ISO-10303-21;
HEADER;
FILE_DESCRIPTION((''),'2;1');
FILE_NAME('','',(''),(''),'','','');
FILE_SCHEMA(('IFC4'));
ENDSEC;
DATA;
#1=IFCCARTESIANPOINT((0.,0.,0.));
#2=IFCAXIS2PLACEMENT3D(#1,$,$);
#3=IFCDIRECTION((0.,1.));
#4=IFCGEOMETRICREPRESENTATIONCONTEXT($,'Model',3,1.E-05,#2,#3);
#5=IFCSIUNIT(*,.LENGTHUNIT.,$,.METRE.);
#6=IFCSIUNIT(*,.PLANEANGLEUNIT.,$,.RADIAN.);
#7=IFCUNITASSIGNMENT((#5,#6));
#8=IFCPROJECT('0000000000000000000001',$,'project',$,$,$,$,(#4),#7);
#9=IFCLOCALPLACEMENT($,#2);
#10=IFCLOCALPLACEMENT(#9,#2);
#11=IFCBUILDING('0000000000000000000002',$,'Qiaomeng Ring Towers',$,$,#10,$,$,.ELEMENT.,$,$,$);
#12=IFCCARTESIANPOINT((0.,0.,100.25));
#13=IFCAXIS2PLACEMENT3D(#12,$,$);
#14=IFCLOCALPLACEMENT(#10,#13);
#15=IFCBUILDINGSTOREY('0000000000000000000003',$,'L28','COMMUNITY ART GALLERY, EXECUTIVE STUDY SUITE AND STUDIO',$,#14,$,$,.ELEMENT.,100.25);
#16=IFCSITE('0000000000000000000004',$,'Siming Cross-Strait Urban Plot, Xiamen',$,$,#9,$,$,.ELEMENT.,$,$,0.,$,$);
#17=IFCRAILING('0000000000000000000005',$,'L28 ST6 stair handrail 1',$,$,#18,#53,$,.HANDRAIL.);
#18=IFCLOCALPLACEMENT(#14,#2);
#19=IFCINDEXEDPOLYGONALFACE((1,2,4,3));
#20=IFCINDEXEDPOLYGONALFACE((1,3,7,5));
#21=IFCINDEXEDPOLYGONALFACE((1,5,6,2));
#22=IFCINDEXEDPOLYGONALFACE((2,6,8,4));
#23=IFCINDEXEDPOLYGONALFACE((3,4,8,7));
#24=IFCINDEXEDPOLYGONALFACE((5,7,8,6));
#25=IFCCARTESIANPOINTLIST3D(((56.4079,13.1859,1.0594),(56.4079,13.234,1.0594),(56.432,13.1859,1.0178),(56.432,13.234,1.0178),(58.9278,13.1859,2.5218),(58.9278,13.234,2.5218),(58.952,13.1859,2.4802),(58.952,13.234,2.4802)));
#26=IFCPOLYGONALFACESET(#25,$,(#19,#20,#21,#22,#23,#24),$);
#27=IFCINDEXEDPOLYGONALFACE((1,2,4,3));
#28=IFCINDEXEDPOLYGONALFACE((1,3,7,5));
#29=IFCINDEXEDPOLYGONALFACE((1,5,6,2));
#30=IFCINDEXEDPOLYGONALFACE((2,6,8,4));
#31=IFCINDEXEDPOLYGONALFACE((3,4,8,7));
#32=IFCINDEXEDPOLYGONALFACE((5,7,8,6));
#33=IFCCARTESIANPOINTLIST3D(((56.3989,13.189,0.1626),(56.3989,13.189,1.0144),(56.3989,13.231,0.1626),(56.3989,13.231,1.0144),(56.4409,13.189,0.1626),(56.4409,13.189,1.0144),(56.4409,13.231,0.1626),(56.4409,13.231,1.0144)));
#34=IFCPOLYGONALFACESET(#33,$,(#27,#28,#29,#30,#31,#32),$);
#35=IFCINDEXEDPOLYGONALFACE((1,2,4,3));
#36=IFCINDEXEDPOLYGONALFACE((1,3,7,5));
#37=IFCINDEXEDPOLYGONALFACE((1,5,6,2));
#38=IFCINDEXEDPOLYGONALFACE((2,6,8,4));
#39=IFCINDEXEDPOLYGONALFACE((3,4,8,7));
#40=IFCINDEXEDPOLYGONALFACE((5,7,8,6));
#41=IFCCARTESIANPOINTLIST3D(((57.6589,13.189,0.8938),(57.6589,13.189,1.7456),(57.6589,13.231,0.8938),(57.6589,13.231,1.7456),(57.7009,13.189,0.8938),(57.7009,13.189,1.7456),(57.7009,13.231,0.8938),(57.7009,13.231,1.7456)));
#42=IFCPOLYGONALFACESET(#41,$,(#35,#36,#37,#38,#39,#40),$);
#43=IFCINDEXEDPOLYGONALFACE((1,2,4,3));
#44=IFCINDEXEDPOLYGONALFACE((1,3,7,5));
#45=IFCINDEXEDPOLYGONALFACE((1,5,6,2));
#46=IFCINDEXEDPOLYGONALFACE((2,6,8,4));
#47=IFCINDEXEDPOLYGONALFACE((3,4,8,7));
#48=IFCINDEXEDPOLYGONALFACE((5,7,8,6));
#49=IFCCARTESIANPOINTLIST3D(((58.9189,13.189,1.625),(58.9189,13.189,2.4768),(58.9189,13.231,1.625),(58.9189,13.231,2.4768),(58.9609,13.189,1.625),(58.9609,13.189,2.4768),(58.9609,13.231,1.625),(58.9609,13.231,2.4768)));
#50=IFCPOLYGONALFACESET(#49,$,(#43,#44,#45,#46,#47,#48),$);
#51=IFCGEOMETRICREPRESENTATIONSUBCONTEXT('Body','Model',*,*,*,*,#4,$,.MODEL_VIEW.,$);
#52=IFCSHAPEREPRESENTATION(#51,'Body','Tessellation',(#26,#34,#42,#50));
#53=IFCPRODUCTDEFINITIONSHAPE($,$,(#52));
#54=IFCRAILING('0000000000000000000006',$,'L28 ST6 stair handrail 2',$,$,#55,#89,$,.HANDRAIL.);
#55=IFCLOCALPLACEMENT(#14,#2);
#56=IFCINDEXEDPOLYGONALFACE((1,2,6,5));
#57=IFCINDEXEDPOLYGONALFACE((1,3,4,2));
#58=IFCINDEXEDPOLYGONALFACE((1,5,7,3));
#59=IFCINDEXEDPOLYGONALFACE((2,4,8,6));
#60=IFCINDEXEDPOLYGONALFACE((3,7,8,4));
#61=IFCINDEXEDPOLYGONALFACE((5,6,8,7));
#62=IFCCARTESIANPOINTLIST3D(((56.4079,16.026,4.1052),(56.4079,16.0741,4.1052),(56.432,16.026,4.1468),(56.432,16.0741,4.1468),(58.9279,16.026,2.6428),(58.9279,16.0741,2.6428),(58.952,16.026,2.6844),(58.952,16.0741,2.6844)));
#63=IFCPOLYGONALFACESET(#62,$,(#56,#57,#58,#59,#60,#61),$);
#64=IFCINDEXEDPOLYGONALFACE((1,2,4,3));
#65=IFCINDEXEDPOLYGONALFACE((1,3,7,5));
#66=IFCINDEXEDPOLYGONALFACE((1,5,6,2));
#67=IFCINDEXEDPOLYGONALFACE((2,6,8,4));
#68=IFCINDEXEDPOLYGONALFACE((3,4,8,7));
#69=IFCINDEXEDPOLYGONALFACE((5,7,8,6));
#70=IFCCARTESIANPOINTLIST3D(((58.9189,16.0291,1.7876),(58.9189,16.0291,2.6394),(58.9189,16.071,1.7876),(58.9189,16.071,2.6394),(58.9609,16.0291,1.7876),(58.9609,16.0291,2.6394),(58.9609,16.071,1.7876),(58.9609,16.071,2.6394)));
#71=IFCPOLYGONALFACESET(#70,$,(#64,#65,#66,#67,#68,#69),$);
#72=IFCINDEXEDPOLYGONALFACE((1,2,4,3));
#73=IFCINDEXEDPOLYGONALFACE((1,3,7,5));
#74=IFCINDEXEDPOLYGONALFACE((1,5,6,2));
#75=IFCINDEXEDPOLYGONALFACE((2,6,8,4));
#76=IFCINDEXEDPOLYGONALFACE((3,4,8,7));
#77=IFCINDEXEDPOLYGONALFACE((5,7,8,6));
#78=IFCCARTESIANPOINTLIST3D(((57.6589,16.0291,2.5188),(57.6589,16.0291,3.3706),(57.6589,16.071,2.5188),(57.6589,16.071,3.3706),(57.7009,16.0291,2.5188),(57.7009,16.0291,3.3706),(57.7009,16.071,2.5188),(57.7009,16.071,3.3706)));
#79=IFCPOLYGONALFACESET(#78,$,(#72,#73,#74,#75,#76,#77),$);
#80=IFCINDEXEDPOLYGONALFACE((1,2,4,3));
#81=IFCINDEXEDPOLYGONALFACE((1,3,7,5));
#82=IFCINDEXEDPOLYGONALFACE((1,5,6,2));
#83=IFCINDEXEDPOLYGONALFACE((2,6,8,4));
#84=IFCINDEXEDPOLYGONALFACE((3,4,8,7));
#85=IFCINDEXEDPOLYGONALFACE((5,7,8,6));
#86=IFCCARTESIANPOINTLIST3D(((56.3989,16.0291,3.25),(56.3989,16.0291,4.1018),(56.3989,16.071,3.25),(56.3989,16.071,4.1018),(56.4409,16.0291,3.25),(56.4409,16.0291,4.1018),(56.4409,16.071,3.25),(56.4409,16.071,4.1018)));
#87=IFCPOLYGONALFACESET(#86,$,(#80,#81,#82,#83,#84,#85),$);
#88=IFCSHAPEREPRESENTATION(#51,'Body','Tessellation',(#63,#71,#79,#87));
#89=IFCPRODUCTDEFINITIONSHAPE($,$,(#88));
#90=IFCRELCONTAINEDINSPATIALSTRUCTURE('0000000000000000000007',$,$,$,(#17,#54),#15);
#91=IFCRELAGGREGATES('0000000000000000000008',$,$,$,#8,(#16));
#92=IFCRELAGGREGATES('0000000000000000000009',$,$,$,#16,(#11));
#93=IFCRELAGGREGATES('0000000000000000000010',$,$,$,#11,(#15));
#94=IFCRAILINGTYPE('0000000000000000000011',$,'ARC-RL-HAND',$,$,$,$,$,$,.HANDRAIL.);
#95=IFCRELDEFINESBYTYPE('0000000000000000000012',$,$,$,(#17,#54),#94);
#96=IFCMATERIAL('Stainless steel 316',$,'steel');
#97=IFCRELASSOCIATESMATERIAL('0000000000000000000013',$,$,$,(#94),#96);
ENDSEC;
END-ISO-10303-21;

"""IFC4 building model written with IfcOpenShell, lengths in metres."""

from ifc_helpers import new_model, si_unit, direction, frame, origin, origin_2d, place, context, subcontext, project, spatial, rectangle, extrude, material, type_object, element, save


model = new_model("IFC4")

# Units and contexts
model_context = context("Model", 3, precision=1e-05, world=origin(), true_north=direction((0.0, 1.0)))
body_context = subcontext(model_context, "Body", "Model", "MODEL_VIEW")
ifc_project = project(units=[si_unit("LENGTHUNIT", "METRE"), si_unit("PLANEANGLEUNIT", "RADIAN")], contexts=[model_context])

# Site, building, storey
site_placement = place(None, origin())
site = spatial("IfcSite", under=ifc_project, at=site_placement, Name="Siming Cross-Strait Urban Plot, Xiamen", CompositionType="ELEMENT", RefElevation=0.0)
building_placement = place(site_placement, origin())
building = spatial("IfcBuilding", under=site, at=building_placement, Name="Qiaomeng Ring Towers", CompositionType="ELEMENT")
storey_placement = place(building_placement, frame((0.0, 0.0, 100.25)))
storey = spatial("IfcBuildingStorey", under=building, at=storey_placement, Name="L28", Description="COMMUNITY ART GALLERY, EXECUTIVE STUDY SUITE AND STUDIO", CompositionType="ELEMENT", Elevation=100.25)

# Shared definitions
ifc_material_1 = material(Name="Stainless steel 316", Category="steel")

# Railings
railing_type_1 = type_object("IfcRailingType", Name="ARC-RL-HAND", PredefinedType="HANDRAIL", material=ifc_material_1)
railing_1_placement = place(storey_placement, frame((56.4199, 13.21, 0.1626)))
element("IfcRailing", 1, at=railing_1_placement, inside=storey, type_object=railing_type_1, Name="L28 ST6 stair handrail 1", PredefinedType="HANDRAIL", context=body_context, shape_type="SweptSolid", body=[
    extrude(rectangle(XDim=0.0481, YDim=0.0481, at=origin_2d()), frame((0.0, 0.0, 0.876), z_axis=(0.864913, 0.0, 0.501921), x_axis=(0.0, 1.0, 0.0)), (0.0, 0.0, 1.0), 2.9136),
    extrude(rectangle(XDim=0.042, YDim=0.042, at=origin_2d()), origin(), (0.0, 0.0, 1.0), 0.8518),
    extrude(rectangle(XDim=0.042, YDim=0.042, at=origin_2d()), frame((1.26, 0.0, 0.7312)), (0.0, 0.0, 1.0), 0.8518),
    extrude(rectangle(XDim=0.042, YDim=0.042, at=origin_2d()), frame((2.52, 0.0, 1.4624)), (0.0, 0.0, 1.0), 0.8518),
])
railing_2_placement = place(storey_placement, frame((58.9399, 16.05, 1.7876)))
element("IfcRailing", 2, at=railing_2_placement, inside=storey, type_object=railing_type_1, Name="L28 ST6 stair handrail 2", PredefinedType="HANDRAIL", context=body_context, shape_type="SweptSolid", body=[
    extrude(rectangle(XDim=0.0481, YDim=0.0481, at=origin_2d()), frame((0.0, 0.0, 0.876), z_axis=(-0.864913, 0.0, 0.501921), x_axis=(0.0, -1.0, 0.0)), (0.0, 0.0, 1.0), 2.9136),
    extrude(rectangle(XDim=0.042, YDim=0.042, at=origin_2d()), origin(), (0.0, 0.0, 1.0), 0.8518),
    extrude(rectangle(XDim=0.042, YDim=0.042, at=origin_2d()), frame((-1.26, 0.0, 0.7312)), (0.0, 0.0, 1.0), 0.8518),
    extrude(rectangle(XDim=0.042, YDim=0.042, at=origin_2d()), frame((-2.52, 0.0, 1.4624)), (0.0, 0.0, 1.0), 0.8518),
])

save(model, "model.ifc")
